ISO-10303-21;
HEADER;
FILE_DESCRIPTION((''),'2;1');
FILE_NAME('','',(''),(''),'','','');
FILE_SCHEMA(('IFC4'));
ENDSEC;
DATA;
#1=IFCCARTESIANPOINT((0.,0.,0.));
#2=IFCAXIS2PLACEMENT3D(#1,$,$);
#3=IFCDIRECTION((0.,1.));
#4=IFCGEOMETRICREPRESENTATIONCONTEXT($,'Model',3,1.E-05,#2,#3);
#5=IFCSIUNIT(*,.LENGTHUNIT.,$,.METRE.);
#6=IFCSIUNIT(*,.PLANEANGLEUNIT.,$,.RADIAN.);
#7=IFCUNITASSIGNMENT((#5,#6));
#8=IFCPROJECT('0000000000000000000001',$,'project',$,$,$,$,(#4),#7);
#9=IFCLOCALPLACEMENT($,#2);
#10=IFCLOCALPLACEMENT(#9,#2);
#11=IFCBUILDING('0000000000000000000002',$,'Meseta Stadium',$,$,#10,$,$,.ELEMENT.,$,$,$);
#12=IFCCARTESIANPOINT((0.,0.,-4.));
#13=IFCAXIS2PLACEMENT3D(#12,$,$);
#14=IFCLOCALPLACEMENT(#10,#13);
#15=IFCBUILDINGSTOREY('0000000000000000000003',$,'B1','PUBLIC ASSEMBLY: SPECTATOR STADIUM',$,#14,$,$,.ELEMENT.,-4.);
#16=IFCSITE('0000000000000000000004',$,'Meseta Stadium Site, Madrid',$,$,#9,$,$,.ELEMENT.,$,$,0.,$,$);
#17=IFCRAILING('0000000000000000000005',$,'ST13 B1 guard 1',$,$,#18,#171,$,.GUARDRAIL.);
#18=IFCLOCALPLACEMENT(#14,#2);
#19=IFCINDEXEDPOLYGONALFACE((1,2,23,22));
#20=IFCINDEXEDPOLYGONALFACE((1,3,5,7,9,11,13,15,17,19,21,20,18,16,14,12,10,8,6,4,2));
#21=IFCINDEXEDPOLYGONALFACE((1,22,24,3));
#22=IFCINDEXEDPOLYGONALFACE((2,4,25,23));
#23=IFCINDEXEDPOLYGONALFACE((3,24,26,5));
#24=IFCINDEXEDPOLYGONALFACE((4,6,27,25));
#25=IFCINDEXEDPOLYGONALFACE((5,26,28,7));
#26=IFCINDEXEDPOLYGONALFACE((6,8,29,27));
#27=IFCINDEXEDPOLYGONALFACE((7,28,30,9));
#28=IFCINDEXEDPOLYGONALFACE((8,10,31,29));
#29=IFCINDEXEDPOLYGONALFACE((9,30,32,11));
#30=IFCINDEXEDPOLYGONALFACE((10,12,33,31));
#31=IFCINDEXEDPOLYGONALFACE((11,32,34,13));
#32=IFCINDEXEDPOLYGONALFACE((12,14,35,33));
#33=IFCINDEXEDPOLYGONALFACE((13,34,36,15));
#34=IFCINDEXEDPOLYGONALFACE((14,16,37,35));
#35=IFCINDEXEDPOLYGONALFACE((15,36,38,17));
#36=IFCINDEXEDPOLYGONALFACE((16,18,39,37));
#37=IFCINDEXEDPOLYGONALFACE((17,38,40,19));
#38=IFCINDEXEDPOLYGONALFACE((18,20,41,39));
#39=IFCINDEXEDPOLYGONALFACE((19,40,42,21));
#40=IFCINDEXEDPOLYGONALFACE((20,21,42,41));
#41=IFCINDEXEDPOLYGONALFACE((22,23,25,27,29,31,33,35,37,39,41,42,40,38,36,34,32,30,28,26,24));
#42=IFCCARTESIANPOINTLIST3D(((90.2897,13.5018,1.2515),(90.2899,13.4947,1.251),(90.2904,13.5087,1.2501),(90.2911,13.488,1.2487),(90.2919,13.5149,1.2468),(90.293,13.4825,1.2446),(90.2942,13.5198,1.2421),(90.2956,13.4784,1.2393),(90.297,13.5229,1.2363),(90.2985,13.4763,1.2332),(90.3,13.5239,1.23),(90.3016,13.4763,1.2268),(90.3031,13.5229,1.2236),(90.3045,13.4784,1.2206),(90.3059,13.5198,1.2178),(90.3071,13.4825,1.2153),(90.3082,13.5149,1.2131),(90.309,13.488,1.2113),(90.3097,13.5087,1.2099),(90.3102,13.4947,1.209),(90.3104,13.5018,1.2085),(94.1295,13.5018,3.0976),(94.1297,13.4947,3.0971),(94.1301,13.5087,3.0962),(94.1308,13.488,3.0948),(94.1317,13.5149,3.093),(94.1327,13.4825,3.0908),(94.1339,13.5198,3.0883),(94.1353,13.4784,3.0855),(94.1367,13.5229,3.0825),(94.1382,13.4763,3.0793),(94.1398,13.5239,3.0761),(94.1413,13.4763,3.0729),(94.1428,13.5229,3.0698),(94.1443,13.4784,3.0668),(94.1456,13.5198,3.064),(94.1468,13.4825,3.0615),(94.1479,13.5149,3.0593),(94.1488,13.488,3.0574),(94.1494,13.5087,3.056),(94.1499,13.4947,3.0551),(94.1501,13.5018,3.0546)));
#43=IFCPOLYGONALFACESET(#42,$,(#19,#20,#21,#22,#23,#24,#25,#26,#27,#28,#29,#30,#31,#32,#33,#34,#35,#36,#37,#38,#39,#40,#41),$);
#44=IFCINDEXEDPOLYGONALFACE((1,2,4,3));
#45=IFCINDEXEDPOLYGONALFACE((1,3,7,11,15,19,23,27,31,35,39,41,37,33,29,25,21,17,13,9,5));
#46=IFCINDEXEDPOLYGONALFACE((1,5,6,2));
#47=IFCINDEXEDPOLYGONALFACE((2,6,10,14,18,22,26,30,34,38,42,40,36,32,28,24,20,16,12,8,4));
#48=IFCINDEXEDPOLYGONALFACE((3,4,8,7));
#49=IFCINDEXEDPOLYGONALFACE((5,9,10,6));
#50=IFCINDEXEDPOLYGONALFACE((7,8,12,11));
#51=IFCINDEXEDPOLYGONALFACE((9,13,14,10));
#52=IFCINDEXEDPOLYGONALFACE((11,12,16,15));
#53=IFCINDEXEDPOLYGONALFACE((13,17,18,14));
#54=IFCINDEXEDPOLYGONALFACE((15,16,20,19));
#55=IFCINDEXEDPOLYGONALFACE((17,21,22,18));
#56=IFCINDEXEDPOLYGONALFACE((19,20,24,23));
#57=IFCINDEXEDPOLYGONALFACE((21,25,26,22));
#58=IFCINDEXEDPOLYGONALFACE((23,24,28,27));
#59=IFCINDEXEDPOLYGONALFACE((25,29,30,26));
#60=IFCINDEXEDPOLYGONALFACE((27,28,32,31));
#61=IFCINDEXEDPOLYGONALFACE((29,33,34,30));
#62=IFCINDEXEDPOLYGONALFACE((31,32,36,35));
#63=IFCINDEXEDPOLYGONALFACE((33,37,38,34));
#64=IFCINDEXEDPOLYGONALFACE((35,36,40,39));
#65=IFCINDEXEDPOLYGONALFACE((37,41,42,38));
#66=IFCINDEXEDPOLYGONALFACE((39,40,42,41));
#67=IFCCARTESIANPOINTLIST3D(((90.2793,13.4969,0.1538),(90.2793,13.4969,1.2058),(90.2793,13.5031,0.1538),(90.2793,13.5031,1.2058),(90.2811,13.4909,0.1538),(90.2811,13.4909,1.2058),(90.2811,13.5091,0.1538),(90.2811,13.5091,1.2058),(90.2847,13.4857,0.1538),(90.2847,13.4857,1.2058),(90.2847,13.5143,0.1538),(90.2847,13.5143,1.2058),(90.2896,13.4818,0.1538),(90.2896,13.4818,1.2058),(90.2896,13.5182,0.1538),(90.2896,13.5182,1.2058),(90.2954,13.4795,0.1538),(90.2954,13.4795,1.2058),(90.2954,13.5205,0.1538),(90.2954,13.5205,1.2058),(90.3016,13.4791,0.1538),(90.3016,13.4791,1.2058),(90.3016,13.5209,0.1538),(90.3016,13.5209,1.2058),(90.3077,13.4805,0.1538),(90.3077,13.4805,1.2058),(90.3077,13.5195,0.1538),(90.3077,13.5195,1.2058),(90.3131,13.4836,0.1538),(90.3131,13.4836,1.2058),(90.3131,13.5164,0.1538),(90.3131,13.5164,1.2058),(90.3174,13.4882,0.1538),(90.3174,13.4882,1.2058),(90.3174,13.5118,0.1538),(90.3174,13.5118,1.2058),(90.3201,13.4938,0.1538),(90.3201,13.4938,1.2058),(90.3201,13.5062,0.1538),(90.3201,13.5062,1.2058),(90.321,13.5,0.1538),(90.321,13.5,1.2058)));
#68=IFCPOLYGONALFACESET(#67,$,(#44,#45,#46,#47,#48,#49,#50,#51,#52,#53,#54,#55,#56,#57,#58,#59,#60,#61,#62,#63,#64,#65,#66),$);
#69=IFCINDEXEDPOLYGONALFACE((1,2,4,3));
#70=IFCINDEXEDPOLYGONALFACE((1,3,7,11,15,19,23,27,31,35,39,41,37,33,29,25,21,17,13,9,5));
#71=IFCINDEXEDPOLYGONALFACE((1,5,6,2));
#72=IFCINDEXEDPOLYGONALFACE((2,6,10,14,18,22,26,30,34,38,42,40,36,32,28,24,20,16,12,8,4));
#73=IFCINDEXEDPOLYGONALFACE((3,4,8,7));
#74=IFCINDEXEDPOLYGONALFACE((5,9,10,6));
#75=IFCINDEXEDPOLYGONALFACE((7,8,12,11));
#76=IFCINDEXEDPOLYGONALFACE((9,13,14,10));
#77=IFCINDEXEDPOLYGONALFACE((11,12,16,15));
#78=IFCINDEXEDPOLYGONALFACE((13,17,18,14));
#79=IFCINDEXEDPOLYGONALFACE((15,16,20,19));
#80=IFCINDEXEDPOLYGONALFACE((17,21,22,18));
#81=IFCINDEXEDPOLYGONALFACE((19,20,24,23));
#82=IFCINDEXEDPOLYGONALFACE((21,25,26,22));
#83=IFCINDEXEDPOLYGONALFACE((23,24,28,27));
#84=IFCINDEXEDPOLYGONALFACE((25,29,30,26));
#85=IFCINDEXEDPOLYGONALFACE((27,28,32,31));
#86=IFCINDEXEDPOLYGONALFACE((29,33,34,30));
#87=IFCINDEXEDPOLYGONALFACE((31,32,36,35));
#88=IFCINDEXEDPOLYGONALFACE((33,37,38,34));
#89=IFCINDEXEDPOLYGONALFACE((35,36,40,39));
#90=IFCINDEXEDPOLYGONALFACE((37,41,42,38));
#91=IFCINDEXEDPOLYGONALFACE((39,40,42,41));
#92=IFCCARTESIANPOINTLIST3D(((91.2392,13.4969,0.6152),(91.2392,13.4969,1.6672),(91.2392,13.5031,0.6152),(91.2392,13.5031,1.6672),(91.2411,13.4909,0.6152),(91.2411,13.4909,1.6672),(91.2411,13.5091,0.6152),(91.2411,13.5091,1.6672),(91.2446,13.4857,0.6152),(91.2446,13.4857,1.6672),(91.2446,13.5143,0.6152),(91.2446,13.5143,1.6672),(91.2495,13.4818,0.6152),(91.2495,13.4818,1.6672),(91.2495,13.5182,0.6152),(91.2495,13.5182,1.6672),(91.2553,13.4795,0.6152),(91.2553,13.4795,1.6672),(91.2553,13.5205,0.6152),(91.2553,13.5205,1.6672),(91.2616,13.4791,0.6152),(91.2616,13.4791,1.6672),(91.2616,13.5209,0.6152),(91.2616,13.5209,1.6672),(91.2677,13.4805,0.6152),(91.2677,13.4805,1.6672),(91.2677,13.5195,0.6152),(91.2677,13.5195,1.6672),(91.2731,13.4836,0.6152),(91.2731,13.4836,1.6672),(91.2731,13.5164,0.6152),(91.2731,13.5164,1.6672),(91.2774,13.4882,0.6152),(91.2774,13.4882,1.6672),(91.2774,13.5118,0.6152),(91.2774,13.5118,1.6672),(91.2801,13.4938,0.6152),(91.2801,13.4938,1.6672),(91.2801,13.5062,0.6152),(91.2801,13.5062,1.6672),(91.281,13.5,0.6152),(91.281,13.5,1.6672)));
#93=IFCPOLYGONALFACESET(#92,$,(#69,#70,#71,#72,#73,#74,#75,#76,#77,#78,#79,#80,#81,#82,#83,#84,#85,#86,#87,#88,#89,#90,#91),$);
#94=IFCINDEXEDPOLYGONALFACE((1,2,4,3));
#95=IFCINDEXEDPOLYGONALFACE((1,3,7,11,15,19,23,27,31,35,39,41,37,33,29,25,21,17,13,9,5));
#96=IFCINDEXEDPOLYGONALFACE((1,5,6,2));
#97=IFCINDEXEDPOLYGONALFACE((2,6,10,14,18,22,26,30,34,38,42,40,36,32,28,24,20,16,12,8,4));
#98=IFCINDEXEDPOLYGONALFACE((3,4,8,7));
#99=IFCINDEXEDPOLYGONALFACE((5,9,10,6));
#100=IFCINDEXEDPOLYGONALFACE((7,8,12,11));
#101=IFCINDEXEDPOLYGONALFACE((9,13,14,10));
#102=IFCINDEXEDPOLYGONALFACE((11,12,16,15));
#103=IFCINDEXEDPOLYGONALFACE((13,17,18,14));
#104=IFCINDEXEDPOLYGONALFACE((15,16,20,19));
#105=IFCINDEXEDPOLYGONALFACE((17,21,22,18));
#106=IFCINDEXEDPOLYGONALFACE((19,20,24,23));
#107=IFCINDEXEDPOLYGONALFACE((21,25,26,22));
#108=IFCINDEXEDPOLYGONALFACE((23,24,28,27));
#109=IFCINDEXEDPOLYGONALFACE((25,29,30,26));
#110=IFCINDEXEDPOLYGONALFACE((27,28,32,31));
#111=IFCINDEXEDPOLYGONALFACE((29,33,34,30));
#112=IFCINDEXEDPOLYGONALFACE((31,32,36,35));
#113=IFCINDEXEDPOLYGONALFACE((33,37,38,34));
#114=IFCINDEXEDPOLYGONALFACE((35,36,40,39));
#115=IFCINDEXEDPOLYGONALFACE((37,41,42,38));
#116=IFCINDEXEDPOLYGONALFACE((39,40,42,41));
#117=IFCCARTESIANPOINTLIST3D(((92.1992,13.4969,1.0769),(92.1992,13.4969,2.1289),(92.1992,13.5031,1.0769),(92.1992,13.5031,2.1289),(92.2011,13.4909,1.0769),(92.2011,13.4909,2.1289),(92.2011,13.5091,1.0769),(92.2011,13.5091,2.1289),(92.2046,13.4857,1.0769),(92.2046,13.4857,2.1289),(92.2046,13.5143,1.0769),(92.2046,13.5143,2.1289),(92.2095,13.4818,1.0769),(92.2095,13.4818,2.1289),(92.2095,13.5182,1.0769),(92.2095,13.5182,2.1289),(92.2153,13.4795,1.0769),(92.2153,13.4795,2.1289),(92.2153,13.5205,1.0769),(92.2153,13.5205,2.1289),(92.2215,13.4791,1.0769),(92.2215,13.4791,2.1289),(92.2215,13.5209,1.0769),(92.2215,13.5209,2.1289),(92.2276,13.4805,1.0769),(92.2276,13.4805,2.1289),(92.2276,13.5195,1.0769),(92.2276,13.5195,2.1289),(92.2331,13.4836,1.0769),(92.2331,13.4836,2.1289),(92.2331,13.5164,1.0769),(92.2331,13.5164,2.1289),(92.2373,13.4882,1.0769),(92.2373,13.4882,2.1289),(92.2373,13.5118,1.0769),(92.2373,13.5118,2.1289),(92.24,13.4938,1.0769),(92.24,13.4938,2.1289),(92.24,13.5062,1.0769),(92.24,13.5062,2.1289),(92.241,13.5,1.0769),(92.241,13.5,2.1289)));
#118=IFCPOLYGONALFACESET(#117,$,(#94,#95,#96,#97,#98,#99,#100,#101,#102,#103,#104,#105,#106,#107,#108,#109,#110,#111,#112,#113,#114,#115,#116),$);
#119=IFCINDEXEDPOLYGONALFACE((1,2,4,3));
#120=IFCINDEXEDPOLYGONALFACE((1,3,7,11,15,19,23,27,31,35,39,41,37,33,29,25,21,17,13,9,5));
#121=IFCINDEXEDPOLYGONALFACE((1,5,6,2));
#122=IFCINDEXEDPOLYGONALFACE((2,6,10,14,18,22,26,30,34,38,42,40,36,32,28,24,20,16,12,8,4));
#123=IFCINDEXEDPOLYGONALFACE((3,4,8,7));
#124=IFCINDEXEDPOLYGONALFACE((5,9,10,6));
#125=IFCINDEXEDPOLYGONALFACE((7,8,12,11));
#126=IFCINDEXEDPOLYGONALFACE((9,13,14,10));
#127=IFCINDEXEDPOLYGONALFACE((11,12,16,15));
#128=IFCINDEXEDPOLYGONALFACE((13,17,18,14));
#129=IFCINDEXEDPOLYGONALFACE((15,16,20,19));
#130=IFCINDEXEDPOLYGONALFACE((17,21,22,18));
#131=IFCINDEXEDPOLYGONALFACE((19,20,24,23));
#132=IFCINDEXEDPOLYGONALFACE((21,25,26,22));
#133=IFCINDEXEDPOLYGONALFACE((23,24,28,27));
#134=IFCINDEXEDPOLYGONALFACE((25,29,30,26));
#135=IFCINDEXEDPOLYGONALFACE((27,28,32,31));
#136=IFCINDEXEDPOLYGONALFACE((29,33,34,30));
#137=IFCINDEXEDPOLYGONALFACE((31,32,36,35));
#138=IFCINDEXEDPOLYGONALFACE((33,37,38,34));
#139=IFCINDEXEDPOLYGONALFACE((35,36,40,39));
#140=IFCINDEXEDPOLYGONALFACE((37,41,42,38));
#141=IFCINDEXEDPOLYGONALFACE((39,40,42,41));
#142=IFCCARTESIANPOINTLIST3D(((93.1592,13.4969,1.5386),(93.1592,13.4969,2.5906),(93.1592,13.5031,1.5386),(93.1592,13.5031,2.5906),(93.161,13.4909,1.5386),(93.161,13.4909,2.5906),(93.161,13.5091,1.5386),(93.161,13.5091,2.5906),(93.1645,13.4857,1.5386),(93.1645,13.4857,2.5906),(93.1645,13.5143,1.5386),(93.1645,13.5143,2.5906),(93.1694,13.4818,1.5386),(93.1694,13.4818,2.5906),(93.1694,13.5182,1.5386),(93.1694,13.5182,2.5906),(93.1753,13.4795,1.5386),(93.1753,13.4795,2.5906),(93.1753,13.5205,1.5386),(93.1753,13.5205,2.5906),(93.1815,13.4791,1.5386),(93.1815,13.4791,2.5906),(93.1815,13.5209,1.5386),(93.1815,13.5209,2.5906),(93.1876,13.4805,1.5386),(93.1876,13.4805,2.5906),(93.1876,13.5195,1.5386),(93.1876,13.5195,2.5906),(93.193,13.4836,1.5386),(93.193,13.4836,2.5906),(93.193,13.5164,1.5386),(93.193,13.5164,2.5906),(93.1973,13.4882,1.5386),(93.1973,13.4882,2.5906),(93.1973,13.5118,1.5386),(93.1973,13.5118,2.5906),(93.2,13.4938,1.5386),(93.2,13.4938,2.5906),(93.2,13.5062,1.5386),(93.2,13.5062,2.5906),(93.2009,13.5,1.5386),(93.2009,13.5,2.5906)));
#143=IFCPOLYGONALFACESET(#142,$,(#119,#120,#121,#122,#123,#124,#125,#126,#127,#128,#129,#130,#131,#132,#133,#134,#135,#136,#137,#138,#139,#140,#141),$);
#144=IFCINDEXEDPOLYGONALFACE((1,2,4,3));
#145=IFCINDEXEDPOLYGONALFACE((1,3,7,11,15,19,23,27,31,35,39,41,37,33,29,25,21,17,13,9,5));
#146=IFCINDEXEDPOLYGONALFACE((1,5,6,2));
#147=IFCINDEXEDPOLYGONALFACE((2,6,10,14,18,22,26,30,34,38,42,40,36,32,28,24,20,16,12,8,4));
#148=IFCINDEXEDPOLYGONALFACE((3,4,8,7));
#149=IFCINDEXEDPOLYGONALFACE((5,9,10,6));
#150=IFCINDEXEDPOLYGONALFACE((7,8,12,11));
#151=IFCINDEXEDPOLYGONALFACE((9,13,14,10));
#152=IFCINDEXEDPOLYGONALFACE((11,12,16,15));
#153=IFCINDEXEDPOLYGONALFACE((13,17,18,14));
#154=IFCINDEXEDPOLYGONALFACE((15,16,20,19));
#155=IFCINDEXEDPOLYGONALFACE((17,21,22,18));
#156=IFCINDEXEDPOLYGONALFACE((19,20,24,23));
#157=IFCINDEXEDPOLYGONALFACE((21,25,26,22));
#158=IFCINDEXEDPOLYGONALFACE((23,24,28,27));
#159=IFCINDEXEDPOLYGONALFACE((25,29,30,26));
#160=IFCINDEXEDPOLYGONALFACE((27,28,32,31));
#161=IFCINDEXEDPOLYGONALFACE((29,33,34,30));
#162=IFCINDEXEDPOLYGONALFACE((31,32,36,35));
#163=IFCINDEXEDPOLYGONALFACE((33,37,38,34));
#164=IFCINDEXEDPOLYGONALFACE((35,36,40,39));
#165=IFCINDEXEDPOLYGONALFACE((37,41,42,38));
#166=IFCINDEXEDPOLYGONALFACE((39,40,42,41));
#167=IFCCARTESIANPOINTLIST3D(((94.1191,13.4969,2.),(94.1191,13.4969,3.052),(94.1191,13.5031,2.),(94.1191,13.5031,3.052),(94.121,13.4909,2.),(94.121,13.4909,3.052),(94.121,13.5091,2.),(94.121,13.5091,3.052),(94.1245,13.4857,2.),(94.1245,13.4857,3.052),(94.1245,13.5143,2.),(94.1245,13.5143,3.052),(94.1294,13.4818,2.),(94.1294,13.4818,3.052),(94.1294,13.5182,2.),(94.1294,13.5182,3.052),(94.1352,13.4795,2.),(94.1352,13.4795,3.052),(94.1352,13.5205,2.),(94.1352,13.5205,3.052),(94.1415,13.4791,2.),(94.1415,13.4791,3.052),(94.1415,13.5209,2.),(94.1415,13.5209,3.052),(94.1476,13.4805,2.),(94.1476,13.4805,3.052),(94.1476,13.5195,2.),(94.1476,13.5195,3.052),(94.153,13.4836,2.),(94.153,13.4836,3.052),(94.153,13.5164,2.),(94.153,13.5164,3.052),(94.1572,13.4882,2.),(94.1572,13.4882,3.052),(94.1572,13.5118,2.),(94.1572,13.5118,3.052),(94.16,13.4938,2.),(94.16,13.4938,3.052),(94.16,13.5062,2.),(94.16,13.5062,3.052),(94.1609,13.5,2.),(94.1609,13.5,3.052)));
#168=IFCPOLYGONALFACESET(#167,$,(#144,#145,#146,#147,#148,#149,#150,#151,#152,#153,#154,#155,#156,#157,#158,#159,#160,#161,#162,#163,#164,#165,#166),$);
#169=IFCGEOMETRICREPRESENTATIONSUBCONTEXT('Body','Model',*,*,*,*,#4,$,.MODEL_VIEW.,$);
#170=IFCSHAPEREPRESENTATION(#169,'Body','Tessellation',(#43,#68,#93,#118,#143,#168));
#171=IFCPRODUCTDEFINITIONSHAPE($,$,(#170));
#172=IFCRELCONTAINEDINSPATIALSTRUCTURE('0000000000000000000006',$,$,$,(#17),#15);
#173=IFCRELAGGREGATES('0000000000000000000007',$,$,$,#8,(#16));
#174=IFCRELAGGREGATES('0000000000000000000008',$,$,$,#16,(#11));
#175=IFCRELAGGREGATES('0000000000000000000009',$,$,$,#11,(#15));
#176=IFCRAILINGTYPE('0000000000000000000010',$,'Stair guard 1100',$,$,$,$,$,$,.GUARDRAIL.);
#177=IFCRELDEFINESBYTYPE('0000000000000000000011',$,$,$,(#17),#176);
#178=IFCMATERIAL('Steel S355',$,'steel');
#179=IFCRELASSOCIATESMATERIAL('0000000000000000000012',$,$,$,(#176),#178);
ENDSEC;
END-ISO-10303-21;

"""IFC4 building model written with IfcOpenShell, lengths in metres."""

from ifc_helpers import new_model, si_unit, direction, frame, origin, origin_2d, place, context, subcontext, project, spatial, circle, extrude, material, type_object, element, save


model = new_model("IFC4")

# Units and contexts
model_context = context("Model", 3, precision=1e-05, world=origin(), true_north=direction((0.0, 1.0)))
body_context = subcontext(model_context, "Body", "Model", "MODEL_VIEW")
ifc_project = project(units=[si_unit("LENGTHUNIT", "METRE"), si_unit("PLANEANGLEUNIT", "RADIAN")], contexts=[model_context])

# Site, building, storey
site_placement = place(None, origin())
site = spatial("IfcSite", under=ifc_project, at=site_placement, Name="Meseta Stadium Site, Madrid", CompositionType="ELEMENT", RefElevation=0.0)
building_placement = place(site_placement, origin())
building = spatial("IfcBuilding", under=site, at=building_placement, Name="Meseta Stadium", CompositionType="ELEMENT")
storey_placement = place(building_placement, frame((0.0, 0.0, -4.0)))
storey = spatial("IfcBuildingStorey", under=building, at=storey_placement, Name="B1", Description="PUBLIC ASSEMBLY: SPECTATOR STADIUM", CompositionType="ELEMENT", Elevation=-4.0)

# Railing
ifc_material_1 = material(Name="Steel S355", Category="steel")
railing_type_1 = type_object("IfcRailingType", Name="Stair guard 1100", PredefinedType="GUARDRAIL", material=ifc_material_1)
railing_placement = place(storey_placement, frame((90.3, 13.5, 0.1538)))
element("IfcRailing", 1, at=railing_placement, inside=storey, type_object=railing_type_1, Name="ST13 B1 guard 1", PredefinedType="GUARDRAIL", context=body_context, shape_type="SweptSolid", body=[
    extrude(circle(Radius=0.0239, at=origin_2d()), frame((0.0, 0.0, 1.0762), z_axis=(0.901242, 0.0, 0.433316), x_axis=(0.0, 1.0, 0.0)), (0.0, 0.0, 1.0), 4.2605),
    extrude(circle(Radius=0.021, at=origin_2d()), origin(), (0.0, 0.0, 1.0), 1.052),
    extrude(circle(Radius=0.021, at=origin_2d()), frame((0.96, 0.0, 0.4614)), (0.0, 0.0, 1.0), 1.052),
    extrude(circle(Radius=0.021, at=origin_2d()), frame((1.9199, 0.0, 0.9231)), (0.0, 0.0, 1.0), 1.052),
    extrude(circle(Radius=0.021, at=origin_2d()), frame((2.8799, 0.0, 1.3848)), (0.0, 0.0, 1.0), 1.052),
    extrude(circle(Radius=0.021, at=origin_2d()), frame((3.8398, 0.0, 1.8462)), (0.0, 0.0, 1.0), 1.052),
])

save(model, "model.ifc")
